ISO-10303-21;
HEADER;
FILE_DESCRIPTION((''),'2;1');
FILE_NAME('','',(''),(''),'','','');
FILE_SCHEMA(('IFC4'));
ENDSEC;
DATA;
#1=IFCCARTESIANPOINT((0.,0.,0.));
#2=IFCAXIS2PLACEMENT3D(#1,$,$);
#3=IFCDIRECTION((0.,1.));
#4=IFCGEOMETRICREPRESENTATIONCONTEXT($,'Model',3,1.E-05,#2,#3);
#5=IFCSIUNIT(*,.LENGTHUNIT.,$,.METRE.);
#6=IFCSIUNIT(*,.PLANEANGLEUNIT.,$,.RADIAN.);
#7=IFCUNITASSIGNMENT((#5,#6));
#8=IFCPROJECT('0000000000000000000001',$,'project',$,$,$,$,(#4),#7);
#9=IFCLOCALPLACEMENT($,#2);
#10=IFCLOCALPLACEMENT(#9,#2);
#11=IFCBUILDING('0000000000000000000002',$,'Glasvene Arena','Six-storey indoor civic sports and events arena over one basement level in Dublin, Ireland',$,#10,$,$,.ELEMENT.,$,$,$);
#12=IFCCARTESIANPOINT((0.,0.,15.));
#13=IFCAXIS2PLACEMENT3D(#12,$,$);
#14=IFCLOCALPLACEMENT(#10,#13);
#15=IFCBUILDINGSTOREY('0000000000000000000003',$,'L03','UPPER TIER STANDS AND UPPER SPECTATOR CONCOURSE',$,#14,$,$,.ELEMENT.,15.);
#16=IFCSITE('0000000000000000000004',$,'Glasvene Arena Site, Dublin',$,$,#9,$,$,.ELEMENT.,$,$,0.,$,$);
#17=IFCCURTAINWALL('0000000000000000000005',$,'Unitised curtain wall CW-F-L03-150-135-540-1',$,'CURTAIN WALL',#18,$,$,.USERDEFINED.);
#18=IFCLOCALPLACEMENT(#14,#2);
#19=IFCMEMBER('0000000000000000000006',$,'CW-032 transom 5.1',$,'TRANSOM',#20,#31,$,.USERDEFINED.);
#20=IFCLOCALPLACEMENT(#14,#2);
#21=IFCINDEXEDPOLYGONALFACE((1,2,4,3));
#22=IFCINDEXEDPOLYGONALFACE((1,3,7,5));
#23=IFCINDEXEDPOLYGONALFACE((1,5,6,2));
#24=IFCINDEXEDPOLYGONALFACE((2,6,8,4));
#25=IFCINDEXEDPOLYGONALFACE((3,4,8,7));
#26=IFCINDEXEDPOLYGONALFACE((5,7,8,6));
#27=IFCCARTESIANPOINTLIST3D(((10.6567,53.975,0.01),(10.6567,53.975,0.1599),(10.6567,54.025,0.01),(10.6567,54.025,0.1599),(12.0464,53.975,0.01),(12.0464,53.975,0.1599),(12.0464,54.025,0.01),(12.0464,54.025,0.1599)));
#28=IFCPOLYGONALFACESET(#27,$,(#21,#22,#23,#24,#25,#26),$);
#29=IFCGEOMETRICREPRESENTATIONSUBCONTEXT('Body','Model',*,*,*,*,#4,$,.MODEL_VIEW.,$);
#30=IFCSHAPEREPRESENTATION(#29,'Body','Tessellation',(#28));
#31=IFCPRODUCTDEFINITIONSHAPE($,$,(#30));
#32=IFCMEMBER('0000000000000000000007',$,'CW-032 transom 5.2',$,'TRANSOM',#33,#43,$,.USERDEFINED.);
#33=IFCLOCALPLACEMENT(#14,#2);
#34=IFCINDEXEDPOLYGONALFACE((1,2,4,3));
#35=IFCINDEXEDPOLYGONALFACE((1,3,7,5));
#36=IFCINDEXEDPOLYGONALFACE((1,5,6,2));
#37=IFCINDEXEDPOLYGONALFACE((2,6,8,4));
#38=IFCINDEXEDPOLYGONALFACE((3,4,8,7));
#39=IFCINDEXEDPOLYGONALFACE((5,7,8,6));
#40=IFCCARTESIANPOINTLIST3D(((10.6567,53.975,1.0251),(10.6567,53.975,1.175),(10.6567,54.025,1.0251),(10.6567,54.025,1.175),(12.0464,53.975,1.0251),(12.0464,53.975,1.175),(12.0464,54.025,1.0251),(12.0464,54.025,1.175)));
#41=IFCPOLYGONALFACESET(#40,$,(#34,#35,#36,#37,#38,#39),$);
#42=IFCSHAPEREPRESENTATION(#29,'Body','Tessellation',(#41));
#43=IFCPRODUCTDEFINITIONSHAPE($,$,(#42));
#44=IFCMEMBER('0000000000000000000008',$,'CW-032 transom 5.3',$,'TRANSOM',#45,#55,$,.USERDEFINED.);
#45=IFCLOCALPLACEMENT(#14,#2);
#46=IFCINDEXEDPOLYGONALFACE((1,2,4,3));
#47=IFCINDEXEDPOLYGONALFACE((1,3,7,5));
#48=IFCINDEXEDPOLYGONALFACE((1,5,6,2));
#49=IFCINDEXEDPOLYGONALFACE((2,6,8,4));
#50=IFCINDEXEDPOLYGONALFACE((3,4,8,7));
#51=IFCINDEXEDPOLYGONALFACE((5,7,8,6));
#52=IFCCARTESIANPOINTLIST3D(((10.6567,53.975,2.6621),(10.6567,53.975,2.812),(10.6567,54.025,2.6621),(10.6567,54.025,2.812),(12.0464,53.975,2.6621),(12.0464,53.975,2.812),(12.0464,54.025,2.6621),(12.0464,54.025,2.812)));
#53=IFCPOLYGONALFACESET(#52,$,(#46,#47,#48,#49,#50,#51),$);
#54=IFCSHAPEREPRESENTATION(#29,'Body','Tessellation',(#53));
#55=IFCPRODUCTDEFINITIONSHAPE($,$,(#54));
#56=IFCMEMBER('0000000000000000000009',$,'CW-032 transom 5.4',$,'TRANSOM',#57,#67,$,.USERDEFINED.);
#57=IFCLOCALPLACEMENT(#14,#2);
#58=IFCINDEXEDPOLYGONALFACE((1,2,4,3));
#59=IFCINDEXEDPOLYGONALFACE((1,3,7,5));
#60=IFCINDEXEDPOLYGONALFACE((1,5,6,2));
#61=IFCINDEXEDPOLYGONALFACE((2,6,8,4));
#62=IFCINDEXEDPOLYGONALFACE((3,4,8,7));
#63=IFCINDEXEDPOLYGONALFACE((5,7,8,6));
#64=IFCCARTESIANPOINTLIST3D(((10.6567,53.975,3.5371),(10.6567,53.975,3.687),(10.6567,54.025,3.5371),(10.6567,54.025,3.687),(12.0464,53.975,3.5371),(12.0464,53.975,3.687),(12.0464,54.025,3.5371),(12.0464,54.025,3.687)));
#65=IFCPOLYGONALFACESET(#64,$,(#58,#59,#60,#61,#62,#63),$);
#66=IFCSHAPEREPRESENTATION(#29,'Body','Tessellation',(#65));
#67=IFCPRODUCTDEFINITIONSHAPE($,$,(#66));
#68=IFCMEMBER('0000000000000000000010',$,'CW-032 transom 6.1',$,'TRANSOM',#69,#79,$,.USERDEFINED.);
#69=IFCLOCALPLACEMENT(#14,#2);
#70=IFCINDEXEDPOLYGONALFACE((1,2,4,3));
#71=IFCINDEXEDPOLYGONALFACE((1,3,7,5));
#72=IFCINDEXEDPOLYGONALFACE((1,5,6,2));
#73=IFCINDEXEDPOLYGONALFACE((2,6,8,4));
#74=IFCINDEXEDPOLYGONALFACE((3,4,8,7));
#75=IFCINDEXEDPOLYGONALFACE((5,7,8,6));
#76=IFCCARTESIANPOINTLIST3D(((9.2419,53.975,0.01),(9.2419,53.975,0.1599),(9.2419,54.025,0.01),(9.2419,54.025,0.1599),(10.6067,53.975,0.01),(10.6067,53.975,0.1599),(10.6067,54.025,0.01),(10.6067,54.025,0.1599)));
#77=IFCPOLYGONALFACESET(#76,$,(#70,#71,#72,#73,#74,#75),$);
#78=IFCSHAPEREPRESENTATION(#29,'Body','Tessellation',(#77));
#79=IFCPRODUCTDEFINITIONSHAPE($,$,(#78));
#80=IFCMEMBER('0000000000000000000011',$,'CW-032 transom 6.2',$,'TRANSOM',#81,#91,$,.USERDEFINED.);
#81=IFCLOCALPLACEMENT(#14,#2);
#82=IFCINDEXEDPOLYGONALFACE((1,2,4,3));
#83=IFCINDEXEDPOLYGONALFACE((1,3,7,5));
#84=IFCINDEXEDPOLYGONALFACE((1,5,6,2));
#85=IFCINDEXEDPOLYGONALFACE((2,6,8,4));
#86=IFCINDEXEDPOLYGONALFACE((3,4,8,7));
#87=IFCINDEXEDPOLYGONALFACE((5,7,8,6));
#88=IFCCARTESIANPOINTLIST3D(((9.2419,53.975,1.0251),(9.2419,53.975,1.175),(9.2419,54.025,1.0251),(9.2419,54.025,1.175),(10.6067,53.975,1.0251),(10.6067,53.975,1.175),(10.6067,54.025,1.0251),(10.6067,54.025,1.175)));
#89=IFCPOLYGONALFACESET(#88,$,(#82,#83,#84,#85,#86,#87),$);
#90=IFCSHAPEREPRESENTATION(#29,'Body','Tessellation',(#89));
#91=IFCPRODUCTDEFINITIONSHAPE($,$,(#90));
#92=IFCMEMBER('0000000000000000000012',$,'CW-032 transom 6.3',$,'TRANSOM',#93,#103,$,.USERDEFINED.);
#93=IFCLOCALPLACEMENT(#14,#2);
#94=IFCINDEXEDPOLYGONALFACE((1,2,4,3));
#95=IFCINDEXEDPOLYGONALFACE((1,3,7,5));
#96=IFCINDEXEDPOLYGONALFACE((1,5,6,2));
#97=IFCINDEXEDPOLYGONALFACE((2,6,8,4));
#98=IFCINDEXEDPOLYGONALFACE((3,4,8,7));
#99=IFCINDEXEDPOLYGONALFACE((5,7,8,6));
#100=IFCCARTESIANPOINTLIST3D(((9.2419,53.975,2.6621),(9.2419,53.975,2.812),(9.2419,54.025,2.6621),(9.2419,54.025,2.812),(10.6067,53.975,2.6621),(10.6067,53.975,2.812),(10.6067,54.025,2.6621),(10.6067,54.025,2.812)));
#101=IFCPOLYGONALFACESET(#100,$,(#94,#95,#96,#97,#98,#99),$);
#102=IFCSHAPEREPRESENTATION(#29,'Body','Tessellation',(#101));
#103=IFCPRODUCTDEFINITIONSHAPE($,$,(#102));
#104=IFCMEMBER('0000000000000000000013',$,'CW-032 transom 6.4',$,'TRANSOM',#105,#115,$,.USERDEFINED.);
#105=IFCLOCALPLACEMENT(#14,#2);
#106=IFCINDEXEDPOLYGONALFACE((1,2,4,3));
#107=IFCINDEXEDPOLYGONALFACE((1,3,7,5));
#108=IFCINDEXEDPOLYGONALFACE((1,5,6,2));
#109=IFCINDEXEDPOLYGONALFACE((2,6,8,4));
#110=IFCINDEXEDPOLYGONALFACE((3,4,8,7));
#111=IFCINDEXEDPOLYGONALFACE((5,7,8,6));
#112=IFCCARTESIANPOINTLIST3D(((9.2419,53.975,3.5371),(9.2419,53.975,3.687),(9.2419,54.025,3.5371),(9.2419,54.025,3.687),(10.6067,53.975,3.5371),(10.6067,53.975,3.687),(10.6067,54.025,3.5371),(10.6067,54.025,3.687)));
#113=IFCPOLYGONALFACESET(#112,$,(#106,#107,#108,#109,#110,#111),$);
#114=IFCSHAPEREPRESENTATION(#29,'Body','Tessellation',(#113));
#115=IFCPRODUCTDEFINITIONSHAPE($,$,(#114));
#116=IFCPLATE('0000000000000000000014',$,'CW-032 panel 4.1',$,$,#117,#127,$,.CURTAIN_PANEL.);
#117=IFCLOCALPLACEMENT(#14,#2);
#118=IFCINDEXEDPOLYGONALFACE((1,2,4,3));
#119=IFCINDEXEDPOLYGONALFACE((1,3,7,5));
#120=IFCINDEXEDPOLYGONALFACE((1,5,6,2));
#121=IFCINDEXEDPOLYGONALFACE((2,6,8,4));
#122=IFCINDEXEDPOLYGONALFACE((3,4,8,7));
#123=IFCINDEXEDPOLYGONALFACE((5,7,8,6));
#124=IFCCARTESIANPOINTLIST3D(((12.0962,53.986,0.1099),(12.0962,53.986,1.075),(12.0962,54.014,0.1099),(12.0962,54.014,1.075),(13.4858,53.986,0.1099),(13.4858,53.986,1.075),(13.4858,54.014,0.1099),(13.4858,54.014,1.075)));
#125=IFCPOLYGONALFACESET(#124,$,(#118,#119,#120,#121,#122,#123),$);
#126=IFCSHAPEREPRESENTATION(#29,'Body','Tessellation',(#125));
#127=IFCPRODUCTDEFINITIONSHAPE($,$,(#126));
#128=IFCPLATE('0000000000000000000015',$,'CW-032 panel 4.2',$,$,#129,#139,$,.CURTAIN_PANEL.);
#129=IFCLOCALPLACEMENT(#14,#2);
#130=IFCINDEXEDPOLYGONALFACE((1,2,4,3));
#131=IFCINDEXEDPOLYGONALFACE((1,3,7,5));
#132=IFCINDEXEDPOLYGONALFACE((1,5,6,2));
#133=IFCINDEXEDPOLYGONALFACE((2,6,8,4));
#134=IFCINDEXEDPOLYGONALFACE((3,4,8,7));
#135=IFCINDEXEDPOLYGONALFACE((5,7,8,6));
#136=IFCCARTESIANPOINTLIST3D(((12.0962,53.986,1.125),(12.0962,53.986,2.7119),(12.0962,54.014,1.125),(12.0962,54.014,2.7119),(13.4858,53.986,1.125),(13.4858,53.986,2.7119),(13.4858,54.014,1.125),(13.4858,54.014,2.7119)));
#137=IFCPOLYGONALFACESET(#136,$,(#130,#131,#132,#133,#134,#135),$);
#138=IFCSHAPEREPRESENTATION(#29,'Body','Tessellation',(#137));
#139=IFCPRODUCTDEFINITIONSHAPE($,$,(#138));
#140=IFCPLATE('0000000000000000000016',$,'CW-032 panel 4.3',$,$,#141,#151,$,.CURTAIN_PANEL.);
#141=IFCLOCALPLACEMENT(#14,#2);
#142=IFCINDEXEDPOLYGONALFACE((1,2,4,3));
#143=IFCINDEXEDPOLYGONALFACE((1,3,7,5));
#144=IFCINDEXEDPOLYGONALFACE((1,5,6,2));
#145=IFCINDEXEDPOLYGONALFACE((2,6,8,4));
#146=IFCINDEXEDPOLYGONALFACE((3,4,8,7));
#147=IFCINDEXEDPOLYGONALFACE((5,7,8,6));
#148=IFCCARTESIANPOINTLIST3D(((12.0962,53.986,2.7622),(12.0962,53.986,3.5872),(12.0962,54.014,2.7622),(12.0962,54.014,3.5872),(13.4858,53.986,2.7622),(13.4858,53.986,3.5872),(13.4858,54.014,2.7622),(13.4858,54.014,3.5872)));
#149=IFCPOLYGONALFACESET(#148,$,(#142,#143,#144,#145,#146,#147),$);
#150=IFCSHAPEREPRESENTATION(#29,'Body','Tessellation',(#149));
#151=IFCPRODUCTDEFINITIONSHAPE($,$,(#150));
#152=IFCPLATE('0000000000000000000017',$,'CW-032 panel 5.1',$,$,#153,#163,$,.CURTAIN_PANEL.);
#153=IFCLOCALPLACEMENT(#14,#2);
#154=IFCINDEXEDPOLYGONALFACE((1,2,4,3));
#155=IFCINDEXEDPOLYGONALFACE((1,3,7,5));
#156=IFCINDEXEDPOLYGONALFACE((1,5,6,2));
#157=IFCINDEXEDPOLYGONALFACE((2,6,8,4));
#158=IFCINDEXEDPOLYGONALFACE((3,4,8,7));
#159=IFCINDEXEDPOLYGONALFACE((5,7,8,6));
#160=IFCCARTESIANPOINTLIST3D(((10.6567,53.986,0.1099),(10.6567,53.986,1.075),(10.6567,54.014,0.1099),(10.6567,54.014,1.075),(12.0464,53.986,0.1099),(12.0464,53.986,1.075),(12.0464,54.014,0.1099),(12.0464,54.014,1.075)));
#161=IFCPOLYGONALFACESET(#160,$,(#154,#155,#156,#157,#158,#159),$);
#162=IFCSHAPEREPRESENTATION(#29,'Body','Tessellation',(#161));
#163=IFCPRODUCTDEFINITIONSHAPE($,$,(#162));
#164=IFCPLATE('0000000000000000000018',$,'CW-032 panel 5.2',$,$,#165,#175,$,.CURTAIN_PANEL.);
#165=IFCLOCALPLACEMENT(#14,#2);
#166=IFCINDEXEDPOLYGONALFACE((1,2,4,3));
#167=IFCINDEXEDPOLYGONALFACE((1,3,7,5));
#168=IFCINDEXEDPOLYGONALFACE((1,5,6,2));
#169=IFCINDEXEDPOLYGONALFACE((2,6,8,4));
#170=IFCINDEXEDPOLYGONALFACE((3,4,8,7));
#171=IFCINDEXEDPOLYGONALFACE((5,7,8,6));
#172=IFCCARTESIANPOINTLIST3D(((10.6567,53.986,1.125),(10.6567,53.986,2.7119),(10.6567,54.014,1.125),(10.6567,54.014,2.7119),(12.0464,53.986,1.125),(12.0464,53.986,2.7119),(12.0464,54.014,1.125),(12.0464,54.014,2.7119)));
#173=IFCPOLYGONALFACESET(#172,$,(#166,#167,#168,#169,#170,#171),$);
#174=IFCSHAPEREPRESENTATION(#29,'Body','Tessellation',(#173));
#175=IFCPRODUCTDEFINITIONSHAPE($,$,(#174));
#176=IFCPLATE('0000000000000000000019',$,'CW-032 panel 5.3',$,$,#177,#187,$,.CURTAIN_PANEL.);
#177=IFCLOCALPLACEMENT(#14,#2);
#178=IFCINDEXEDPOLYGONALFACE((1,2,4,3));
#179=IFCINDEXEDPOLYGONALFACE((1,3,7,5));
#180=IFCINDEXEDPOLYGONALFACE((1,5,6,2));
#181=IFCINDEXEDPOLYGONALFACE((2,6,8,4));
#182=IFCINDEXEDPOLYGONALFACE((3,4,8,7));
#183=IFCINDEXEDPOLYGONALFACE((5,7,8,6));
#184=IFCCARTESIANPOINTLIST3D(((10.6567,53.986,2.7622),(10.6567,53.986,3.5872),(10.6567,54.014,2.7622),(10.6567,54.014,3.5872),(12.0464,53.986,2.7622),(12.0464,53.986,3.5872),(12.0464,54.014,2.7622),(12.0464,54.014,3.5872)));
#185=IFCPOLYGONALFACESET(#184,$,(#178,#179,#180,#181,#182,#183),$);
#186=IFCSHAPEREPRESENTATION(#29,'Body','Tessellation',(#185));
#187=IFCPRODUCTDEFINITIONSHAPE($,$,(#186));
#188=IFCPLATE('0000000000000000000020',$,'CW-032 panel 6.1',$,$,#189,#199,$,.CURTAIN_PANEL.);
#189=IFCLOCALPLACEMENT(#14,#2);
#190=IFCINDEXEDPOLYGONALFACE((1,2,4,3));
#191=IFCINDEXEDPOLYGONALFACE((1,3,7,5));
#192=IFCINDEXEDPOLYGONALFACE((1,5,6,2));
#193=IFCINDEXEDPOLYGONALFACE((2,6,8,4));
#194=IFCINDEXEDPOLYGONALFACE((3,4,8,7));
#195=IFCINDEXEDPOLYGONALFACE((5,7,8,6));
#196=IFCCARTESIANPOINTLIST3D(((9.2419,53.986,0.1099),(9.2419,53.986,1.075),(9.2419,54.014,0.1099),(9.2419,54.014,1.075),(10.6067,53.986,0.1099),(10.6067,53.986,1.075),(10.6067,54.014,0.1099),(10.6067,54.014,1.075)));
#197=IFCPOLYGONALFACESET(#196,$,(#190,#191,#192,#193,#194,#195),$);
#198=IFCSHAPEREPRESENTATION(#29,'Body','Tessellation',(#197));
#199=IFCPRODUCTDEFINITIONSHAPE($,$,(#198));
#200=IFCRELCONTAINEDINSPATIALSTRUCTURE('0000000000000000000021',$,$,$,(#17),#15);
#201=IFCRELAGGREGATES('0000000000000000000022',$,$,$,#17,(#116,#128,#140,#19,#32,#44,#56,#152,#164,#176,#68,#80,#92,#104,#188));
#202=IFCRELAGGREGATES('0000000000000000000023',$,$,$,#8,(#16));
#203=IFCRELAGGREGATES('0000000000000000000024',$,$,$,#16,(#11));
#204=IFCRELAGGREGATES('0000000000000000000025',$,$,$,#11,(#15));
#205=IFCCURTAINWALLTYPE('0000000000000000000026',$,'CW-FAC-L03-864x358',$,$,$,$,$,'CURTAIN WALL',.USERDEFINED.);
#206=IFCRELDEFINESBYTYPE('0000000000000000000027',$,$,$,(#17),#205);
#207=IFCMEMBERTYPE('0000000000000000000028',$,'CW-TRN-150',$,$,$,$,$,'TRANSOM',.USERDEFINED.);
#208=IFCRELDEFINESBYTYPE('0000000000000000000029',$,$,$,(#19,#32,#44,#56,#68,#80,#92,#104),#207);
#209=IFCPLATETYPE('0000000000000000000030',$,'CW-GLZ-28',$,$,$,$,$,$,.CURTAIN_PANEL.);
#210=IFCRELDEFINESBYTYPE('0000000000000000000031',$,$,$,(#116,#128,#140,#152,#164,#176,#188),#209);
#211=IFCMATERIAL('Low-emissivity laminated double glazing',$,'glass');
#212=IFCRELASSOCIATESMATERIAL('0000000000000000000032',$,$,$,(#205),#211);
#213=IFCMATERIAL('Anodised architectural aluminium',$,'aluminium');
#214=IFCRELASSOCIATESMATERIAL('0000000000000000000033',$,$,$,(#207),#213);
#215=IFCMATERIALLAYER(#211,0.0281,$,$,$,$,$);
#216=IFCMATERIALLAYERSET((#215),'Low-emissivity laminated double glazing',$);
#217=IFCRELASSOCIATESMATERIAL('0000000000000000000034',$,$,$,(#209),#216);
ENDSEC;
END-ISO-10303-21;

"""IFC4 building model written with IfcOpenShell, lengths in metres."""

from ifc_helpers import new_model, si_unit, direction, frame, origin, origin_2d, place, context, subcontext, project, spatial, rectangle, extrude, material, layer, layer_set, material_profile, profile_set, type_object, element, aggregate, save


model = new_model("IFC4")

# Units and contexts
model_context = context("Model", 3, precision=1e-05, world=origin(), true_north=direction((0.0, 1.0)))
body_context = subcontext(model_context, "Body", "Model", "MODEL_VIEW")
ifc_project = project(units=[si_unit("LENGTHUNIT", "METRE"), si_unit("PLANEANGLEUNIT", "RADIAN")], contexts=[model_context])

# Site, building, storey
site_placement = place(None, origin())
site = spatial("IfcSite", under=ifc_project, at=site_placement, Name="Glasvene Arena Site, Dublin", CompositionType="ELEMENT", RefElevation=0.0)
building_placement = place(site_placement, origin())
building = spatial("IfcBuilding", under=site, at=building_placement, Name="Glasvene Arena", Description="Six-storey indoor civic sports and events arena over one basement level in Dublin, Ireland", CompositionType="ELEMENT")
storey_placement = place(building_placement, frame((0.0, 0.0, 15.0)))
storey = spatial("IfcBuildingStorey", under=building, at=storey_placement, Name="L03", Description="UPPER TIER STANDS AND UPPER SPECTATOR CONCOURSE", CompositionType="ELEMENT", Elevation=15.0)

# Curtain wall, members, plates
ifc_material_1 = material(Name="Low-emissivity laminated double glazing", Category="glass")
curtain_wall_type = type_object("IfcCurtainWallType", Name="CW-FAC-L03-864x358", ElementType="CURTAIN WALL", PredefinedType="USERDEFINED", material=ifc_material_1)
curtain_wall_placement = place(storey_placement, frame((17.8298, 54.0, 0.0)))
curtain_wall = element("IfcCurtainWall", 1, at=curtain_wall_placement, inside=storey, type_object=curtain_wall_type, Name="Unitised curtain wall CW-F-L03-150-135-540-1", ObjectType="CURTAIN WALL", PredefinedType="USERDEFINED")
ifc_material_2 = material(Name="Anodised architectural aluminium", Category="aluminium")
ifc_material_profile_1 = material_profile(ifc_material_2, rectangle(XDim=0.05, YDim=0.1499, at=origin_2d()), Name="ALU TRANSOM 50x150")
ifc_profile_set_1 = profile_set([ifc_material_profile_1], Name="Anodised architectural aluminium")
member_type_1 = type_object("IfcMemberType", Name="CW-TRN-150", ElementType="TRANSOM", PredefinedType="USERDEFINED", material=ifc_profile_set_1)
member_1_placement = place(storey_placement, frame((12.0464, 54.0, 0.085), z_axis=(-1.0, 0.0, 0.0), x_axis=(0.0, -1.0, 0.0)))
member_1 = element("IfcMember", 2, at=member_1_placement, type_object=member_type_1, Name="CW-032 transom 5.1", ObjectType="TRANSOM", PredefinedType="USERDEFINED", context=body_context, shape_type="SweptSolid", body=[
    extrude(rectangle(XDim=0.05, YDim=0.1499, at=origin_2d()), origin(), (0.0, 0.0, 1.0), 1.3896),
])
member_2_placement = place(storey_placement, frame((12.0464, 54.0, 1.1001), z_axis=(-1.0, 0.0, 0.0), x_axis=(0.0, -1.0, 0.0)))
member_2 = element("IfcMember", 3, at=member_2_placement, type_object=member_type_1, Name="CW-032 transom 5.2", ObjectType="TRANSOM", PredefinedType="USERDEFINED", context=body_context, shape_type="SweptSolid", body=[
    extrude(rectangle(XDim=0.05, YDim=0.1499, at=origin_2d()), origin(), (0.0, 0.0, 1.0), 1.3896),
])
member_3_placement = place(storey_placement, frame((12.0464, 54.0, 2.7371), z_axis=(-1.0, 0.0, 0.0), x_axis=(0.0, -1.0, 0.0)))
member_3 = element("IfcMember", 4, at=member_3_placement, type_object=member_type_1, Name="CW-032 transom 5.3", ObjectType="TRANSOM", PredefinedType="USERDEFINED", context=body_context, shape_type="SweptSolid", body=[
    extrude(rectangle(XDim=0.05, YDim=0.1499, at=origin_2d()), origin(), (0.0, 0.0, 1.0), 1.3896),
])
member_4_placement = place(storey_placement, frame((12.0464, 54.0, 3.6121), z_axis=(-1.0, 0.0, 0.0), x_axis=(0.0, -1.0, 0.0)))
member_4 = element("IfcMember", 5, at=member_4_placement, type_object=member_type_1, Name="CW-032 transom 5.4", ObjectType="TRANSOM", PredefinedType="USERDEFINED", context=body_context, shape_type="SweptSolid", body=[
    extrude(rectangle(XDim=0.05, YDim=0.1499, at=origin_2d()), origin(), (0.0, 0.0, 1.0), 1.3896),
])
member_5_placement = place(storey_placement, frame((10.6067, 54.0, 0.085), z_axis=(-1.0, 0.0, 0.0), x_axis=(0.0, -1.0, 0.0)))
member_5 = element("IfcMember", 6, at=member_5_placement, type_object=member_type_1, Name="CW-032 transom 6.1", ObjectType="TRANSOM", PredefinedType="USERDEFINED", context=body_context, shape_type="SweptSolid", body=[
    extrude(rectangle(XDim=0.05, YDim=0.1499, at=origin_2d()), origin(), (0.0, 0.0, 1.0), 1.3647),
])
member_6_placement = place(storey_placement, frame((10.6067, 54.0, 1.1001), z_axis=(-1.0, 0.0, 0.0), x_axis=(0.0, -1.0, 0.0)))
member_6 = element("IfcMember", 7, at=member_6_placement, type_object=member_type_1, Name="CW-032 transom 6.2", ObjectType="TRANSOM", PredefinedType="USERDEFINED", context=body_context, shape_type="SweptSolid", body=[
    extrude(rectangle(XDim=0.05, YDim=0.1499, at=origin_2d()), origin(), (0.0, 0.0, 1.0), 1.3647),
])
member_7_placement = place(storey_placement, frame((10.6067, 54.0, 2.7371), z_axis=(-1.0, 0.0, 0.0), x_axis=(0.0, -1.0, 0.0)))
member_7 = element("IfcMember", 8, at=member_7_placement, type_object=member_type_1, Name="CW-032 transom 6.3", ObjectType="TRANSOM", PredefinedType="USERDEFINED", context=body_context, shape_type="SweptSolid", body=[
    extrude(rectangle(XDim=0.05, YDim=0.1499, at=origin_2d()), origin(), (0.0, 0.0, 1.0), 1.3647),
])
member_8_placement = place(storey_placement, frame((10.6067, 54.0, 3.6121), z_axis=(-1.0, 0.0, 0.0), x_axis=(0.0, -1.0, 0.0)))
member_8 = element("IfcMember", 9, at=member_8_placement, type_object=member_type_1, Name="CW-032 transom 6.4", ObjectType="TRANSOM", PredefinedType="USERDEFINED", context=body_context, shape_type="SweptSolid", body=[
    extrude(rectangle(XDim=0.05, YDim=0.1499, at=origin_2d()), origin(), (0.0, 0.0, 1.0), 1.3647),
])
ifc_layer_1 = layer(ifc_material_1, 0.0281)
ifc_layer_set_1 = layer_set([ifc_layer_1], Name="Low-emissivity laminated double glazing")
plate_type = type_object("IfcPlateType", Name="CW-GLZ-28", PredefinedType="CURTAIN_PANEL", material=ifc_layer_set_1)
plate_1_placement = place(storey_placement, frame((12.791, 54.0, 0.1099), z_axis=(0.0, 0.0, 1.0), x_axis=(-1.0, 0.0, 0.0)))
plate_1 = element("IfcPlate", 10, at=plate_1_placement, type_object=plate_type, Name="CW-032 panel 4.1", PredefinedType="CURTAIN_PANEL", context=body_context, shape_type="SweptSolid", body=[
    extrude(rectangle(XDim=1.3896, YDim=0.0281, at=origin_2d()), origin(), (0.0, 0.0, 1.0), 0.9651),
])
plate_2_placement = place(storey_placement, frame((12.791, 54.0, 1.125), z_axis=(0.0, 0.0, 1.0), x_axis=(-1.0, 0.0, 0.0)))
plate_2 = element("IfcPlate", 11, at=plate_2_placement, type_object=plate_type, Name="CW-032 panel 4.2", PredefinedType="CURTAIN_PANEL", context=body_context, shape_type="SweptSolid", body=[
    extrude(rectangle(XDim=1.3896, YDim=0.0281, at=origin_2d()), origin(), (0.0, 0.0, 1.0), 1.5869),
])
plate_3_placement = place(storey_placement, frame((12.791, 54.0, 2.7622), z_axis=(0.0, 0.0, 1.0), x_axis=(-1.0, 0.0, 0.0)))
plate_3 = element("IfcPlate", 12, at=plate_3_placement, type_object=plate_type, Name="CW-032 panel 4.3", PredefinedType="CURTAIN_PANEL", context=body_context, shape_type="SweptSolid", body=[
    extrude(rectangle(XDim=1.3896, YDim=0.0281, at=origin_2d()), origin(), (0.0, 0.0, 1.0), 0.825),
])
plate_4_placement = place(storey_placement, frame((11.3516, 54.0, 0.1099), z_axis=(0.0, 0.0, 1.0), x_axis=(-1.0, 0.0, 0.0)))
plate_4 = element("IfcPlate", 13, at=plate_4_placement, type_object=plate_type, Name="CW-032 panel 5.1", PredefinedType="CURTAIN_PANEL", context=body_context, shape_type="SweptSolid", body=[
    extrude(rectangle(XDim=1.3896, YDim=0.0281, at=origin_2d()), origin(), (0.0, 0.0, 1.0), 0.9651),
])
plate_5_placement = place(storey_placement, frame((11.3516, 54.0, 1.125), z_axis=(0.0, 0.0, 1.0), x_axis=(-1.0, 0.0, 0.0)))
plate_5 = element("IfcPlate", 14, at=plate_5_placement, type_object=plate_type, Name="CW-032 panel 5.2", PredefinedType="CURTAIN_PANEL", context=body_context, shape_type="SweptSolid", body=[
    extrude(rectangle(XDim=1.3896, YDim=0.0281, at=origin_2d()), origin(), (0.0, 0.0, 1.0), 1.5869),
])
plate_6_placement = place(storey_placement, frame((11.3516, 54.0, 2.7622), z_axis=(0.0, 0.0, 1.0), x_axis=(-1.0, 0.0, 0.0)))
plate_6 = element("IfcPlate", 15, at=plate_6_placement, type_object=plate_type, Name="CW-032 panel 5.3", PredefinedType="CURTAIN_PANEL", context=body_context, shape_type="SweptSolid", body=[
    extrude(rectangle(XDim=1.3896, YDim=0.0281, at=origin_2d()), origin(), (0.0, 0.0, 1.0), 0.825),
])
plate_7_placement = place(storey_placement, frame((9.9243, 54.0, 0.1099), z_axis=(0.0, 0.0, 1.0), x_axis=(-1.0, 0.0, 0.0)))
plate_7 = element("IfcPlate", 16, at=plate_7_placement, type_object=plate_type, Name="CW-032 panel 6.1", PredefinedType="CURTAIN_PANEL", context=body_context, shape_type="SweptSolid", body=[
    extrude(rectangle(XDim=1.3647, YDim=0.0281, at=origin_2d()), origin(), (0.0, 0.0, 1.0), 0.9651),
])
aggregate(curtain_wall, [plate_1, plate_2, plate_3, member_1, member_2, member_3, member_4, plate_4, plate_5, plate_6, member_5, member_6, member_7, member_8, plate_7])

save(model, "model.ifc")
